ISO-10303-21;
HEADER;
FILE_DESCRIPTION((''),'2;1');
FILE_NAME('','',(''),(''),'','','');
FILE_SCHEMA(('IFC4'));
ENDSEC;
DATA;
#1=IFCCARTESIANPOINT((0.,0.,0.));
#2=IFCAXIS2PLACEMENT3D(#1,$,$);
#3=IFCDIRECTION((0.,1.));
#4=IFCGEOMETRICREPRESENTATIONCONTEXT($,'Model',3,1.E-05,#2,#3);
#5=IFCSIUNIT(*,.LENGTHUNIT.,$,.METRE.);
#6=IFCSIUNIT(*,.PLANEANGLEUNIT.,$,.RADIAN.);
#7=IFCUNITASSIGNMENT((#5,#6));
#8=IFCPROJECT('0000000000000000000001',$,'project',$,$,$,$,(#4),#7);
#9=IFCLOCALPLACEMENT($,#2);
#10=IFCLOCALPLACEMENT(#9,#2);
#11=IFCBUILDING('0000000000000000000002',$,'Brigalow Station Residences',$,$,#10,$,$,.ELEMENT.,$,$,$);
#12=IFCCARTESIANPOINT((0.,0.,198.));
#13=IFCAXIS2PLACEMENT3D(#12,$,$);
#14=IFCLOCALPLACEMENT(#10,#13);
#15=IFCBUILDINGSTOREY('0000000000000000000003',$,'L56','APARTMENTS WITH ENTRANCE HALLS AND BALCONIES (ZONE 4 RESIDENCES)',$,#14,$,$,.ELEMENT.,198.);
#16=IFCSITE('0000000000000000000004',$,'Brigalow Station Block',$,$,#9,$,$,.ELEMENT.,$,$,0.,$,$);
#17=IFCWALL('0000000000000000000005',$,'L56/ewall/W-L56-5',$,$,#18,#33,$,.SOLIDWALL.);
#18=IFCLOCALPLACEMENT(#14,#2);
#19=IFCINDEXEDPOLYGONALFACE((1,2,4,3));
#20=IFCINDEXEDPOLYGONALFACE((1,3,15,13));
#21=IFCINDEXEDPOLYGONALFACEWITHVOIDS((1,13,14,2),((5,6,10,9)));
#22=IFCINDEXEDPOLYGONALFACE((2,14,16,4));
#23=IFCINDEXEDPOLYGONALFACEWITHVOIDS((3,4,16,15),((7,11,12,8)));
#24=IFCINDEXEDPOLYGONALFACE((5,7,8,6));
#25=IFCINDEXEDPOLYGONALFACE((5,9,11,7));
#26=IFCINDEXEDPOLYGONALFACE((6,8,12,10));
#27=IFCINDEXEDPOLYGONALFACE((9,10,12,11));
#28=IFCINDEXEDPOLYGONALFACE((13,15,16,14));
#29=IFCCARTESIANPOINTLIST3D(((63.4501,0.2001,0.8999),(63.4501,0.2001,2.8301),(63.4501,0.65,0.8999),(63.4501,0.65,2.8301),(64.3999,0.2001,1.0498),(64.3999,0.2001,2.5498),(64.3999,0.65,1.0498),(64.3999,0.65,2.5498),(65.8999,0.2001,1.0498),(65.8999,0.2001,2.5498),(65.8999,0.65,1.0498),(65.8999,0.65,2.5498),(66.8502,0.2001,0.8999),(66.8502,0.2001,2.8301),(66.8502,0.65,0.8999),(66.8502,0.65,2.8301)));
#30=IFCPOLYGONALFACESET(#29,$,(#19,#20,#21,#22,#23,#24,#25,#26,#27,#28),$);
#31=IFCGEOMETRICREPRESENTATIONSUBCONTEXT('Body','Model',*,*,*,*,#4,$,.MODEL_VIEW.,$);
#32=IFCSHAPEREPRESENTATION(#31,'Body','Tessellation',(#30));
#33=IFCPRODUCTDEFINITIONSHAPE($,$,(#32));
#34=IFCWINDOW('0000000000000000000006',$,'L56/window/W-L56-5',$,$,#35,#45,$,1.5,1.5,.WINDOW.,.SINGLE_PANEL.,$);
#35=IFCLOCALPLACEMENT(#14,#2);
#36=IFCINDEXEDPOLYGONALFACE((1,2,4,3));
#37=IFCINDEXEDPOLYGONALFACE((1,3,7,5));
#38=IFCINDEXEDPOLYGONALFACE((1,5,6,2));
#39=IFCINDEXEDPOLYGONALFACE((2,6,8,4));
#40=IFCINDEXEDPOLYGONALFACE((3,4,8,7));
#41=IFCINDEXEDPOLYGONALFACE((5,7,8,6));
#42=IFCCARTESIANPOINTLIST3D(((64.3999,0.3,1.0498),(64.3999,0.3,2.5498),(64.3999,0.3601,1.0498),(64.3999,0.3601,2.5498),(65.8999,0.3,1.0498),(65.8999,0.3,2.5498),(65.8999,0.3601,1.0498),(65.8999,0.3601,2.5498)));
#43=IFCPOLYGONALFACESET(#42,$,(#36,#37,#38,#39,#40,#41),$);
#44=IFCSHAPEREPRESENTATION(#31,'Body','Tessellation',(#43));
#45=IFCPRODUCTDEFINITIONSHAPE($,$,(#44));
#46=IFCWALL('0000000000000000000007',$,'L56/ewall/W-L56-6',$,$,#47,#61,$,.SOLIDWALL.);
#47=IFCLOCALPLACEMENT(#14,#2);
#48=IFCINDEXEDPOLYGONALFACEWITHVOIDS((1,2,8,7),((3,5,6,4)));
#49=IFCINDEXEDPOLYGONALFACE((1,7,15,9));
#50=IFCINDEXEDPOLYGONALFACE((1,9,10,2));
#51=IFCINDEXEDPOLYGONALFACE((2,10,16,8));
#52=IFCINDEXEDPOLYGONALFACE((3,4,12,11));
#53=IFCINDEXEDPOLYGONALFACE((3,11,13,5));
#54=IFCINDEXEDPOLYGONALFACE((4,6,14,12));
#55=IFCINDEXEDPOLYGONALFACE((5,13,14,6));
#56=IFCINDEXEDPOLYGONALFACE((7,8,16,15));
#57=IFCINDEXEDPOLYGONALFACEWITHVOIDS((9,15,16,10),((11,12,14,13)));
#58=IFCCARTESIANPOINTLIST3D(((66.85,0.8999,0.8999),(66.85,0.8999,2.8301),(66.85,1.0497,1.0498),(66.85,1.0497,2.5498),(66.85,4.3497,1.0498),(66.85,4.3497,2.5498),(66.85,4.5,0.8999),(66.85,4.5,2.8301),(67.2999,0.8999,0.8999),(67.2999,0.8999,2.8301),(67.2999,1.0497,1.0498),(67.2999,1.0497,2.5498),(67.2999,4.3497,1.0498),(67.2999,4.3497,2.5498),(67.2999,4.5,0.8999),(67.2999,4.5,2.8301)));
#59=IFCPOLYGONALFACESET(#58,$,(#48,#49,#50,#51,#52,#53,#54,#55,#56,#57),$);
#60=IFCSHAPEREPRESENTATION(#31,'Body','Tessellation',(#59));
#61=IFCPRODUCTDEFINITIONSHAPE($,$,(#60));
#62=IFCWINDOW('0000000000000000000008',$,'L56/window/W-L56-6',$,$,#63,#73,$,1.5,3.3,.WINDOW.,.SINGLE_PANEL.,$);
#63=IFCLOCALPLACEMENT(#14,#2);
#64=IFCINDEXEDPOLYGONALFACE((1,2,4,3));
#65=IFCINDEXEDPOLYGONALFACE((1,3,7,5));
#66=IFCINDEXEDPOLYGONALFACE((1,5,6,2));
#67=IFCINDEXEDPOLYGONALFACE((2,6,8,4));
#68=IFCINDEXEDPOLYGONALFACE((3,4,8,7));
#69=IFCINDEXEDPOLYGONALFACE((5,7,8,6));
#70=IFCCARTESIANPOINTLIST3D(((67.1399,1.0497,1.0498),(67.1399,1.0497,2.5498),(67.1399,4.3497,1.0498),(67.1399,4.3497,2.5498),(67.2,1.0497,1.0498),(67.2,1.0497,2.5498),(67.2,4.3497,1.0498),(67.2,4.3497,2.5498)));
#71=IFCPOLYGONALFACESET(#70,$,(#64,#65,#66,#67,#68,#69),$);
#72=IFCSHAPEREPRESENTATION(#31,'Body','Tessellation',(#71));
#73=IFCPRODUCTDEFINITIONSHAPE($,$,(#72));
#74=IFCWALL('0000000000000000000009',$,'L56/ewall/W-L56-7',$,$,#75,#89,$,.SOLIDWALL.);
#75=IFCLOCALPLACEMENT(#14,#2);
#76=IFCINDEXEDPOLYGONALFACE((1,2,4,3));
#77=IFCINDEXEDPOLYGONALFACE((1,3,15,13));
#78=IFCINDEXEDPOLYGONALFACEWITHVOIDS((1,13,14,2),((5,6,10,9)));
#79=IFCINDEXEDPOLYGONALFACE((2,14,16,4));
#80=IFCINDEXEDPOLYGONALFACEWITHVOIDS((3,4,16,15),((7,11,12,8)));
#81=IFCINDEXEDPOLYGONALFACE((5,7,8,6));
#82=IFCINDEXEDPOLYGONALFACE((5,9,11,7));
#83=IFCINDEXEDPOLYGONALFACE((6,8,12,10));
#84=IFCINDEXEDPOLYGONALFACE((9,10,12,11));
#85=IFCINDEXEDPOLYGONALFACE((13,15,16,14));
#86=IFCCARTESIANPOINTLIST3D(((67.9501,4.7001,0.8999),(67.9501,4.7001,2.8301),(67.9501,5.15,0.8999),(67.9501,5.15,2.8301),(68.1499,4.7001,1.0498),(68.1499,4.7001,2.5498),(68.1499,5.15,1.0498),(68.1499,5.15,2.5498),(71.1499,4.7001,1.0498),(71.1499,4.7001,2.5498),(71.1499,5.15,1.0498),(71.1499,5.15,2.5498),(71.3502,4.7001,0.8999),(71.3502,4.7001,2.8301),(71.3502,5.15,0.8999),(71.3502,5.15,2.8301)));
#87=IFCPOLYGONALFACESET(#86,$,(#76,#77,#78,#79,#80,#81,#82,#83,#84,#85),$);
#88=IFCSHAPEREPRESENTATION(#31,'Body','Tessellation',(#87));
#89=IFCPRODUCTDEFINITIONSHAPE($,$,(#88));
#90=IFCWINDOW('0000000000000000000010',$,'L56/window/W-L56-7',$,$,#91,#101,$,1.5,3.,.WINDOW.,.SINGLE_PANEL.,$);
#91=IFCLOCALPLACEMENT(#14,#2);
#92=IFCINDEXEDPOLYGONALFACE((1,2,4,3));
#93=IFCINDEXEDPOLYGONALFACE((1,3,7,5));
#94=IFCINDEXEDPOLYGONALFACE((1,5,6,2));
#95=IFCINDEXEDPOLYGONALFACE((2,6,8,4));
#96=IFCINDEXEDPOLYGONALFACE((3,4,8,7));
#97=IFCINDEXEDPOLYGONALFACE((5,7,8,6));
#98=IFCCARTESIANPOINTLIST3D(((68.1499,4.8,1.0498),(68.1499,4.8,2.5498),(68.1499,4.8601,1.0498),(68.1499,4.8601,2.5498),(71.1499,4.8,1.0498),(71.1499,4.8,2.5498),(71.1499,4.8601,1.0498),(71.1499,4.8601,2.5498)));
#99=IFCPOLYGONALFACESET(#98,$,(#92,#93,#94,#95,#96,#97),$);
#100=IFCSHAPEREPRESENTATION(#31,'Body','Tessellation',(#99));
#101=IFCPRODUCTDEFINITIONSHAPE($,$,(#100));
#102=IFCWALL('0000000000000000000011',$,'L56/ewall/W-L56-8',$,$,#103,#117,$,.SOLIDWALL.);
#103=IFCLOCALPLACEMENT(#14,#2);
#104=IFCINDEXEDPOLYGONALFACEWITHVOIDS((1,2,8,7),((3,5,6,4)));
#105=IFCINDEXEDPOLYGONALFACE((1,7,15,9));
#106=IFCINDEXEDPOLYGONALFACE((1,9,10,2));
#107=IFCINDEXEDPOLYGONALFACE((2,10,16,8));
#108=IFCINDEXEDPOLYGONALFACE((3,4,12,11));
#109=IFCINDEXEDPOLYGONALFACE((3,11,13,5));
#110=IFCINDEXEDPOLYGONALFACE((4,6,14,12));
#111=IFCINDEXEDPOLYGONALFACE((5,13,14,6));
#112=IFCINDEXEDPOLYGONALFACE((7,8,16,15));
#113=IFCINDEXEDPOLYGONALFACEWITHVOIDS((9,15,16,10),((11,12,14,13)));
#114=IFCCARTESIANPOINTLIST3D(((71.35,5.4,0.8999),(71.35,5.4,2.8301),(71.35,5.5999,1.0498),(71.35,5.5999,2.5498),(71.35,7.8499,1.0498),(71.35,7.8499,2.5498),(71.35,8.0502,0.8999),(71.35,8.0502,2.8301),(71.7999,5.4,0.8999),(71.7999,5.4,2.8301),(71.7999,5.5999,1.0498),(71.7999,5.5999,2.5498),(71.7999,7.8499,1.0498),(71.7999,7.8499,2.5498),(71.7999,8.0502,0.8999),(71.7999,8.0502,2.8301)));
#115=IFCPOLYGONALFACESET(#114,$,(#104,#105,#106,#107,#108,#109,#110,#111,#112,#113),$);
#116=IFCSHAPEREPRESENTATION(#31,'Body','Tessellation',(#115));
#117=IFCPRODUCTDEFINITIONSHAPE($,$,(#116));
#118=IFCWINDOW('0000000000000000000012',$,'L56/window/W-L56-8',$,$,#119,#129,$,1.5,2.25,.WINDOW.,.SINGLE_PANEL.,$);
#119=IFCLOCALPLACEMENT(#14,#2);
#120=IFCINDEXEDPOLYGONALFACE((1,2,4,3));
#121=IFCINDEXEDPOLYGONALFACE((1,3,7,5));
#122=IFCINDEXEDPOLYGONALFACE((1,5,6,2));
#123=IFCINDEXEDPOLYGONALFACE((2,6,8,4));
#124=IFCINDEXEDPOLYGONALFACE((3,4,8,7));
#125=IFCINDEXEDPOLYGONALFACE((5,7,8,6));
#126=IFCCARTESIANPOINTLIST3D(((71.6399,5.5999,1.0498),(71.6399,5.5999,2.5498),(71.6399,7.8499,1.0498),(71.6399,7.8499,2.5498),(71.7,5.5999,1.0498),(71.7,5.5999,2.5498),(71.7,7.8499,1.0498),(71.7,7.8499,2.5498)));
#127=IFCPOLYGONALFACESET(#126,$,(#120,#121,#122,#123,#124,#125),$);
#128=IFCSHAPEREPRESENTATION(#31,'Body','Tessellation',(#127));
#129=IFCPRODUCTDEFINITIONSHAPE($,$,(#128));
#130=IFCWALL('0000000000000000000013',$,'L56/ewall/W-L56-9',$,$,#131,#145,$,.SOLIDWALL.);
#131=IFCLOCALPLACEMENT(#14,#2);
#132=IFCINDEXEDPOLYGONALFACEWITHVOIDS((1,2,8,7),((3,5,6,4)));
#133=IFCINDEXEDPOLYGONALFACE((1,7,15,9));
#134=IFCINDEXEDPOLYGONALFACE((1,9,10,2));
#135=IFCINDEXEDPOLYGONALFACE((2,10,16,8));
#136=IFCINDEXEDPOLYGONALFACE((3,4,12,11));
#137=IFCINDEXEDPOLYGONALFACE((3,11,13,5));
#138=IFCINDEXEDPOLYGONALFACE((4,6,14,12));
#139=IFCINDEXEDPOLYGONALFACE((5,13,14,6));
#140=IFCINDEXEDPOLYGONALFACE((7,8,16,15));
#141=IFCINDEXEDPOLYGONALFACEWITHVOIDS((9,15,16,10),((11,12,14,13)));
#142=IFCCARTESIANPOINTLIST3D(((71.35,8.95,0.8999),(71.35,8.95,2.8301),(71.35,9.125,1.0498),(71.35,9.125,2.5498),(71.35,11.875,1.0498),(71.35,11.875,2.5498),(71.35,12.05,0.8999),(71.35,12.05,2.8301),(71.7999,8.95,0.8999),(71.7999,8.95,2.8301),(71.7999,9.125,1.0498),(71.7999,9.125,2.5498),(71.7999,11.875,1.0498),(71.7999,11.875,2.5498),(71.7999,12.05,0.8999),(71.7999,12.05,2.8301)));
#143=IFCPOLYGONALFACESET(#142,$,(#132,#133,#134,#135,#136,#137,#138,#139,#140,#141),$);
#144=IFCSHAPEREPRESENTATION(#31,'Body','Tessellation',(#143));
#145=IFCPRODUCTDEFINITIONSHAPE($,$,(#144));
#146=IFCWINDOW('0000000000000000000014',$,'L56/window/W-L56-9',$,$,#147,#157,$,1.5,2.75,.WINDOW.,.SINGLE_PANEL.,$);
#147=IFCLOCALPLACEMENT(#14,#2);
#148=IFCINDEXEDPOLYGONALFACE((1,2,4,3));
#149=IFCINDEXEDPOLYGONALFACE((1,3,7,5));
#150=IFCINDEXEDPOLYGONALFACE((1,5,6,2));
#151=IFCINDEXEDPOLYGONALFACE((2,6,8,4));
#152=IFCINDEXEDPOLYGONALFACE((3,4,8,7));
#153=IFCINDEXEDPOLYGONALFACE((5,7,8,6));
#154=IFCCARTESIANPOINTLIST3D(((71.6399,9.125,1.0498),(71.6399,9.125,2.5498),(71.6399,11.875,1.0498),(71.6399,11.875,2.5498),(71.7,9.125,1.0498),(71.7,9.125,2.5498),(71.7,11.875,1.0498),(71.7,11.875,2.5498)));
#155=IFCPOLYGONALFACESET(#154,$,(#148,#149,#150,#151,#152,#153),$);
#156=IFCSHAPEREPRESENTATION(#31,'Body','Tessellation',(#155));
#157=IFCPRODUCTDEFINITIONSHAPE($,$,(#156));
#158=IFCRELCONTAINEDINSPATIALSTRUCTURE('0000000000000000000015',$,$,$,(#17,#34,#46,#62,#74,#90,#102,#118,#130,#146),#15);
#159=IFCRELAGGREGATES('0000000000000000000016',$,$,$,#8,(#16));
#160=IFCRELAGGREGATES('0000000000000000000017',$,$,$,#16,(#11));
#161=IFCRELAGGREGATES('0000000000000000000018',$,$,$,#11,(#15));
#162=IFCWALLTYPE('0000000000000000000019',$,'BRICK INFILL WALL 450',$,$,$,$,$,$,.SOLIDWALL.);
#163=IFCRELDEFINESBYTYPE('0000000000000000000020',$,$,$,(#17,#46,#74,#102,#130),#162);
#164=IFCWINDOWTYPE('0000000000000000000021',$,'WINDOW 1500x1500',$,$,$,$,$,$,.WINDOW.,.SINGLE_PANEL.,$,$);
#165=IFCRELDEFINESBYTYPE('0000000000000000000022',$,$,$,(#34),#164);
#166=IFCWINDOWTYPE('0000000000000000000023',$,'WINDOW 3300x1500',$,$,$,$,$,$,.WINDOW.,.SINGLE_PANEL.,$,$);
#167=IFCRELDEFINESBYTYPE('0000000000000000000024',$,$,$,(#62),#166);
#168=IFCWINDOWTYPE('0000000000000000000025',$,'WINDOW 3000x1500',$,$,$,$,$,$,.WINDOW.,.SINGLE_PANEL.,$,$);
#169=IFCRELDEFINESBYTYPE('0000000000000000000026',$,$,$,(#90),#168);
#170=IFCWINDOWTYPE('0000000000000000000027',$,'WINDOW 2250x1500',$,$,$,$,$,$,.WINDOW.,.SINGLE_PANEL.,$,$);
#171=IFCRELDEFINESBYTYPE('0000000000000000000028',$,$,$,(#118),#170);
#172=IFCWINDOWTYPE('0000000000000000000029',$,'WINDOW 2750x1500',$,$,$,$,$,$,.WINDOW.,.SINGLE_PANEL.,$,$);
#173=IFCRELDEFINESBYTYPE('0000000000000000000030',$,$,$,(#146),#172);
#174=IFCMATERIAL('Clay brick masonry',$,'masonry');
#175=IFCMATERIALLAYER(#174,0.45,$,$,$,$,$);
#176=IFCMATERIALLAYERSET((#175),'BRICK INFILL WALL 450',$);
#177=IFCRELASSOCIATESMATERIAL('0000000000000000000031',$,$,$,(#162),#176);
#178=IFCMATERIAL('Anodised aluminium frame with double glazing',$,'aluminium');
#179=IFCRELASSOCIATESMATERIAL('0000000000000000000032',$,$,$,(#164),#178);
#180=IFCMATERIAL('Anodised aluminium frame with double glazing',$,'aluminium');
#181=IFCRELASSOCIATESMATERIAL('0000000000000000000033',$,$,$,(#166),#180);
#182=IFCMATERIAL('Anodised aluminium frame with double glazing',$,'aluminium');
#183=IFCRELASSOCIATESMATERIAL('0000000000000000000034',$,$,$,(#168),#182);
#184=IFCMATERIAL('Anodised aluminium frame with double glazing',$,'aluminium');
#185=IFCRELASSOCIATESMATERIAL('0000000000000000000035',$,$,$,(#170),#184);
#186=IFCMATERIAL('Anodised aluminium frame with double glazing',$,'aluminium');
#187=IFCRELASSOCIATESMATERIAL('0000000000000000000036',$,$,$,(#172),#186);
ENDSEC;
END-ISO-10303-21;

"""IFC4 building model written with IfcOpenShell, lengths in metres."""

from ifc_helpers import new_model, si_unit, direction, frame, frame_2d, origin, place, context, subcontext, project, spatial, rectangle, extrude, material, layer, layer_set, type_object, element, fill, save


model = new_model("IFC4")

# Units and contexts
model_context = context("Model", 3, precision=1e-05, world=origin(), true_north=direction((0.0, 1.0)))
body_context = subcontext(model_context, "Body", "Model", "MODEL_VIEW")
ifc_project = project(units=[si_unit("LENGTHUNIT", "METRE"), si_unit("PLANEANGLEUNIT", "RADIAN")], contexts=[model_context])

# Site, building, storey
site_placement = place(None, origin())
site = spatial("IfcSite", under=ifc_project, at=site_placement, Name="Brigalow Station Block", CompositionType="ELEMENT", RefElevation=0.0)
building_placement = place(site_placement, origin())
building = spatial("IfcBuilding", under=site, at=building_placement, Name="Brigalow Station Residences", CompositionType="ELEMENT")
storey_placement = place(building_placement, frame((0.0, 0.0, 198.0)))
storey = spatial("IfcBuildingStorey", under=building, at=storey_placement, Name="L56", Description="APARTMENTS WITH ENTRANCE HALLS AND BALCONIES (ZONE 4 RESIDENCES)", CompositionType="ELEMENT", Elevation=198.0)

# Walls, openings, windows
ifc_material_1 = material(Name="Clay brick masonry", Category="masonry")
ifc_layer_1 = layer(ifc_material_1, 0.45)
ifc_layer_set_1 = layer_set([ifc_layer_1], Name="BRICK INFILL WALL 450")
wall_type_1 = type_object("IfcWallType", Name="BRICK INFILL WALL 450", PredefinedType="SOLIDWALL", material=ifc_layer_set_1)
ifc_material_2 = material(Name="Anodised aluminium frame with double glazing", Category="aluminium")
window_type_1 = type_object("IfcWindowType", Name="WINDOW 1500x1500", PartitioningType="SINGLE_PANEL", PredefinedType="WINDOW", material=ifc_material_2)
wall_1_placement = place(storey_placement, frame((63.45, 0.425, 0.8999), z_axis=(0.0, 0.0, 1.0), x_axis=(1.0, 0.0, 0.0)))
wall_1 = element("IfcWall", 1, at=wall_1_placement, inside=storey, type_object=wall_type_1, Name="L56/ewall/W-L56-5", PredefinedType="SOLIDWALL", context=body_context, shape_type="SweptSolid", body=[
    extrude(rectangle(XDim=3.4001, YDim=0.45, at=frame_2d((1.7002, 0.0))), origin(), (0.0, 0.0, 1.0), 1.9302),
])
opening_1_placement = place(wall_1_placement, frame((0.95, 0.0, 0.1499)))
opening_1 = element("IfcOpeningElement", 2, at=opening_1_placement, cuts=wall_1, PredefinedType="OPENING", context=body_context, shape_type="SweptSolid", body=[
    extrude(rectangle(XDim=1.5, YDim=1.5, at=frame_2d((0.75, 0.75))), frame((0.0, 0.2349, 0.0), z_axis=(0.0, -1.0, 0.0), x_axis=(1.0, 0.0, 0.0)), (0.0, 0.0, 1.0), 0.47),
])
window_1_placement = place(opening_1_placement, origin())
window_1 = element("IfcWindow", 3, at=window_1_placement, inside=storey, type_object=window_type_1, Name="L56/window/W-L56-5", OverallHeight=1.5, OverallWidth=1.5, PartitioningType="SINGLE_PANEL", PredefinedType="WINDOW", context=body_context, shape_type="SweptSolid", body=[
    extrude(rectangle(XDim=1.5, YDim=1.5, at=frame_2d((0.75, 0.75))), frame((0.0, -0.0649, 0.0), z_axis=(0.0, -1.0, 0.0), x_axis=(1.0, 0.0, 0.0)), (0.0, 0.0, 1.0), 0.0601),
])
fill(opening_1, window_1)
wall_2_placement = place(storey_placement, frame((67.075, 0.8999, 0.8999), z_axis=(0.0, 0.0, 1.0), x_axis=(0.0, 1.0, 0.0)))
wall_2 = element("IfcWall", 4, at=wall_2_placement, inside=storey, type_object=wall_type_1, Name="L56/ewall/W-L56-6", PredefinedType="SOLIDWALL", context=body_context, shape_type="SweptSolid", body=[
    extrude(rectangle(XDim=3.6001, YDim=0.45, at=frame_2d((1.8, 0.0))), origin(), (0.0, 0.0, 1.0), 1.9302),
])
opening_2_placement = place(wall_2_placement, frame((0.1499, 0.0, 0.1499)))
opening_2 = element("IfcOpeningElement", 5, at=opening_2_placement, cuts=wall_2, PredefinedType="OPENING", context=body_context, shape_type="SweptSolid", body=[
    extrude(rectangle(XDim=3.3, YDim=1.5, at=frame_2d((1.6499, 0.75))), frame((0.0, 0.2349, 0.0), z_axis=(0.0, -1.0, 0.0), x_axis=(1.0, 0.0, 0.0)), (0.0, 0.0, 1.0), 0.47),
])
ifc_material_3 = material(Name="Anodised aluminium frame with double glazing", Category="aluminium")
window_type_2 = type_object("IfcWindowType", Name="WINDOW 3300x1500", PartitioningType="SINGLE_PANEL", PredefinedType="WINDOW", material=ifc_material_3)
window_2_placement = place(opening_2_placement, origin())
window_2 = element("IfcWindow", 6, at=window_2_placement, inside=storey, type_object=window_type_2, Name="L56/window/W-L56-6", OverallHeight=1.5, OverallWidth=3.3, PartitioningType="SINGLE_PANEL", PredefinedType="WINDOW", context=body_context, shape_type="SweptSolid", body=[
    extrude(rectangle(XDim=3.3, YDim=1.5, at=frame_2d((1.6499, 0.75))), frame((0.0, -0.0649, 0.0), z_axis=(0.0, -1.0, 0.0), x_axis=(1.0, 0.0, 0.0)), (0.0, 0.0, 1.0), 0.0601),
])
fill(opening_2, window_2)
wall_3_placement = place(storey_placement, frame((67.95, 4.925, 0.8999), z_axis=(0.0, 0.0, 1.0), x_axis=(1.0, 0.0, 0.0)))
wall_3 = element("IfcWall", 7, at=wall_3_placement, inside=storey, type_object=wall_type_1, Name="L56/ewall/W-L56-7", PredefinedType="SOLIDWALL", context=body_context, shape_type="SweptSolid", body=[
    extrude(rectangle(XDim=3.4001, YDim=0.45, at=frame_2d((1.7002, 0.0))), origin(), (0.0, 0.0, 1.0), 1.9302),
])
opening_3_placement = place(wall_3_placement, frame((0.2, 0.0, 0.1499)))
opening_3 = element("IfcOpeningElement", 8, at=opening_3_placement, cuts=wall_3, PredefinedType="OPENING", context=body_context, shape_type="SweptSolid", body=[
    extrude(rectangle(XDim=3.0, YDim=1.5, at=frame_2d((1.5, 0.75))), frame((0.0, 0.2349, 0.0), z_axis=(0.0, -1.0, 0.0), x_axis=(1.0, 0.0, 0.0)), (0.0, 0.0, 1.0), 0.47),
])
ifc_material_4 = material(Name="Anodised aluminium frame with double glazing", Category="aluminium")
window_type_3 = type_object("IfcWindowType", Name="WINDOW 3000x1500", PartitioningType="SINGLE_PANEL", PredefinedType="WINDOW", material=ifc_material_4)
window_3_placement = place(opening_3_placement, origin())
window_3 = element("IfcWindow", 9, at=window_3_placement, inside=storey, type_object=window_type_3, Name="L56/window/W-L56-7", OverallHeight=1.5, OverallWidth=3.0, PartitioningType="SINGLE_PANEL", PredefinedType="WINDOW", context=body_context, shape_type="SweptSolid", body=[
    extrude(rectangle(XDim=3.0, YDim=1.5, at=frame_2d((1.5, 0.75))), frame((0.0, -0.0649, 0.0), z_axis=(0.0, -1.0, 0.0), x_axis=(1.0, 0.0, 0.0)), (0.0, 0.0, 1.0), 0.0601),
])
fill(opening_3, window_3)
wall_4_placement = place(storey_placement, frame((71.575, 5.3999, 0.8999), z_axis=(0.0, 0.0, 1.0), x_axis=(0.0, 1.0, 0.0)))
wall_4 = element("IfcWall", 10, at=wall_4_placement, inside=storey, type_object=wall_type_1, Name="L56/ewall/W-L56-8", PredefinedType="SOLIDWALL", context=body_context, shape_type="SweptSolid", body=[
    extrude(rectangle(XDim=2.6501, YDim=0.45, at=frame_2d((1.3252, 0.0))), origin(), (0.0, 0.0, 1.0), 1.9302),
])
opening_4_placement = place(wall_4_placement, frame((0.2, 0.0, 0.1499)))
opening_4 = element("IfcOpeningElement", 11, at=opening_4_placement, cuts=wall_4, PredefinedType="OPENING", context=body_context, shape_type="SweptSolid", body=[
    extrude(rectangle(XDim=2.25, YDim=1.5, at=frame_2d((1.125, 0.75))), frame((0.0, 0.2349, 0.0), z_axis=(0.0, -1.0, 0.0), x_axis=(1.0, 0.0, 0.0)), (0.0, 0.0, 1.0), 0.47),
])
ifc_material_5 = material(Name="Anodised aluminium frame with double glazing", Category="aluminium")
window_type_4 = type_object("IfcWindowType", Name="WINDOW 2250x1500", PartitioningType="SINGLE_PANEL", PredefinedType="WINDOW", material=ifc_material_5)
window_4_placement = place(opening_4_placement, origin())
window_4 = element("IfcWindow", 12, at=window_4_placement, inside=storey, type_object=window_type_4, Name="L56/window/W-L56-8", OverallHeight=1.5, OverallWidth=2.25, PartitioningType="SINGLE_PANEL", PredefinedType="WINDOW", context=body_context, shape_type="SweptSolid", body=[
    extrude(rectangle(XDim=2.25, YDim=1.5, at=frame_2d((1.125, 0.75))), frame((0.0, -0.0649, 0.0), z_axis=(0.0, -1.0, 0.0), x_axis=(1.0, 0.0, 0.0)), (0.0, 0.0, 1.0), 0.0601),
])
fill(opening_4, window_4)
wall_5_placement = place(storey_placement, frame((71.575, 8.95, 0.8999), z_axis=(0.0, 0.0, 1.0), x_axis=(0.0, 1.0, 0.0)))
wall_5 = element("IfcWall", 13, at=wall_5_placement, inside=storey, type_object=wall_type_1, Name="L56/ewall/W-L56-9", PredefinedType="SOLIDWALL", context=body_context, shape_type="SweptSolid", body=[
    extrude(rectangle(XDim=3.1001, YDim=0.45, at=frame_2d((1.55, 0.0))), origin(), (0.0, 0.0, 1.0), 1.9302),
])
opening_5_placement = place(wall_5_placement, frame((0.175, 0.0, 0.1499)))
opening_5 = element("IfcOpeningElement", 14, at=opening_5_placement, cuts=wall_5, PredefinedType="OPENING", context=body_context, shape_type="SweptSolid", body=[
    extrude(rectangle(XDim=2.75, YDim=1.5, at=frame_2d((1.375, 0.75))), frame((0.0, 0.2349, 0.0), z_axis=(0.0, -1.0, 0.0), x_axis=(1.0, 0.0, 0.0)), (0.0, 0.0, 1.0), 0.47),
])
ifc_material_6 = material(Name="Anodised aluminium frame with double glazing", Category="aluminium")
window_type_5 = type_object("IfcWindowType", Name="WINDOW 2750x1500", PartitioningType="SINGLE_PANEL", PredefinedType="WINDOW", material=ifc_material_6)
window_5_placement = place(opening_5_placement, origin())
window_5 = element("IfcWindow", 15, at=window_5_placement, inside=storey, type_object=window_type_5, Name="L56/window/W-L56-9", OverallHeight=1.5, OverallWidth=2.75, PartitioningType="SINGLE_PANEL", PredefinedType="WINDOW", context=body_context, shape_type="SweptSolid", body=[
    extrude(rectangle(XDim=2.75, YDim=1.5, at=frame_2d((1.375, 0.75))), frame((0.0, -0.0649, 0.0), z_axis=(0.0, -1.0, 0.0), x_axis=(1.0, 0.0, 0.0)), (0.0, 0.0, 1.0), 0.0601),
])
fill(opening_5, window_5)

save(model, "model.ifc")
